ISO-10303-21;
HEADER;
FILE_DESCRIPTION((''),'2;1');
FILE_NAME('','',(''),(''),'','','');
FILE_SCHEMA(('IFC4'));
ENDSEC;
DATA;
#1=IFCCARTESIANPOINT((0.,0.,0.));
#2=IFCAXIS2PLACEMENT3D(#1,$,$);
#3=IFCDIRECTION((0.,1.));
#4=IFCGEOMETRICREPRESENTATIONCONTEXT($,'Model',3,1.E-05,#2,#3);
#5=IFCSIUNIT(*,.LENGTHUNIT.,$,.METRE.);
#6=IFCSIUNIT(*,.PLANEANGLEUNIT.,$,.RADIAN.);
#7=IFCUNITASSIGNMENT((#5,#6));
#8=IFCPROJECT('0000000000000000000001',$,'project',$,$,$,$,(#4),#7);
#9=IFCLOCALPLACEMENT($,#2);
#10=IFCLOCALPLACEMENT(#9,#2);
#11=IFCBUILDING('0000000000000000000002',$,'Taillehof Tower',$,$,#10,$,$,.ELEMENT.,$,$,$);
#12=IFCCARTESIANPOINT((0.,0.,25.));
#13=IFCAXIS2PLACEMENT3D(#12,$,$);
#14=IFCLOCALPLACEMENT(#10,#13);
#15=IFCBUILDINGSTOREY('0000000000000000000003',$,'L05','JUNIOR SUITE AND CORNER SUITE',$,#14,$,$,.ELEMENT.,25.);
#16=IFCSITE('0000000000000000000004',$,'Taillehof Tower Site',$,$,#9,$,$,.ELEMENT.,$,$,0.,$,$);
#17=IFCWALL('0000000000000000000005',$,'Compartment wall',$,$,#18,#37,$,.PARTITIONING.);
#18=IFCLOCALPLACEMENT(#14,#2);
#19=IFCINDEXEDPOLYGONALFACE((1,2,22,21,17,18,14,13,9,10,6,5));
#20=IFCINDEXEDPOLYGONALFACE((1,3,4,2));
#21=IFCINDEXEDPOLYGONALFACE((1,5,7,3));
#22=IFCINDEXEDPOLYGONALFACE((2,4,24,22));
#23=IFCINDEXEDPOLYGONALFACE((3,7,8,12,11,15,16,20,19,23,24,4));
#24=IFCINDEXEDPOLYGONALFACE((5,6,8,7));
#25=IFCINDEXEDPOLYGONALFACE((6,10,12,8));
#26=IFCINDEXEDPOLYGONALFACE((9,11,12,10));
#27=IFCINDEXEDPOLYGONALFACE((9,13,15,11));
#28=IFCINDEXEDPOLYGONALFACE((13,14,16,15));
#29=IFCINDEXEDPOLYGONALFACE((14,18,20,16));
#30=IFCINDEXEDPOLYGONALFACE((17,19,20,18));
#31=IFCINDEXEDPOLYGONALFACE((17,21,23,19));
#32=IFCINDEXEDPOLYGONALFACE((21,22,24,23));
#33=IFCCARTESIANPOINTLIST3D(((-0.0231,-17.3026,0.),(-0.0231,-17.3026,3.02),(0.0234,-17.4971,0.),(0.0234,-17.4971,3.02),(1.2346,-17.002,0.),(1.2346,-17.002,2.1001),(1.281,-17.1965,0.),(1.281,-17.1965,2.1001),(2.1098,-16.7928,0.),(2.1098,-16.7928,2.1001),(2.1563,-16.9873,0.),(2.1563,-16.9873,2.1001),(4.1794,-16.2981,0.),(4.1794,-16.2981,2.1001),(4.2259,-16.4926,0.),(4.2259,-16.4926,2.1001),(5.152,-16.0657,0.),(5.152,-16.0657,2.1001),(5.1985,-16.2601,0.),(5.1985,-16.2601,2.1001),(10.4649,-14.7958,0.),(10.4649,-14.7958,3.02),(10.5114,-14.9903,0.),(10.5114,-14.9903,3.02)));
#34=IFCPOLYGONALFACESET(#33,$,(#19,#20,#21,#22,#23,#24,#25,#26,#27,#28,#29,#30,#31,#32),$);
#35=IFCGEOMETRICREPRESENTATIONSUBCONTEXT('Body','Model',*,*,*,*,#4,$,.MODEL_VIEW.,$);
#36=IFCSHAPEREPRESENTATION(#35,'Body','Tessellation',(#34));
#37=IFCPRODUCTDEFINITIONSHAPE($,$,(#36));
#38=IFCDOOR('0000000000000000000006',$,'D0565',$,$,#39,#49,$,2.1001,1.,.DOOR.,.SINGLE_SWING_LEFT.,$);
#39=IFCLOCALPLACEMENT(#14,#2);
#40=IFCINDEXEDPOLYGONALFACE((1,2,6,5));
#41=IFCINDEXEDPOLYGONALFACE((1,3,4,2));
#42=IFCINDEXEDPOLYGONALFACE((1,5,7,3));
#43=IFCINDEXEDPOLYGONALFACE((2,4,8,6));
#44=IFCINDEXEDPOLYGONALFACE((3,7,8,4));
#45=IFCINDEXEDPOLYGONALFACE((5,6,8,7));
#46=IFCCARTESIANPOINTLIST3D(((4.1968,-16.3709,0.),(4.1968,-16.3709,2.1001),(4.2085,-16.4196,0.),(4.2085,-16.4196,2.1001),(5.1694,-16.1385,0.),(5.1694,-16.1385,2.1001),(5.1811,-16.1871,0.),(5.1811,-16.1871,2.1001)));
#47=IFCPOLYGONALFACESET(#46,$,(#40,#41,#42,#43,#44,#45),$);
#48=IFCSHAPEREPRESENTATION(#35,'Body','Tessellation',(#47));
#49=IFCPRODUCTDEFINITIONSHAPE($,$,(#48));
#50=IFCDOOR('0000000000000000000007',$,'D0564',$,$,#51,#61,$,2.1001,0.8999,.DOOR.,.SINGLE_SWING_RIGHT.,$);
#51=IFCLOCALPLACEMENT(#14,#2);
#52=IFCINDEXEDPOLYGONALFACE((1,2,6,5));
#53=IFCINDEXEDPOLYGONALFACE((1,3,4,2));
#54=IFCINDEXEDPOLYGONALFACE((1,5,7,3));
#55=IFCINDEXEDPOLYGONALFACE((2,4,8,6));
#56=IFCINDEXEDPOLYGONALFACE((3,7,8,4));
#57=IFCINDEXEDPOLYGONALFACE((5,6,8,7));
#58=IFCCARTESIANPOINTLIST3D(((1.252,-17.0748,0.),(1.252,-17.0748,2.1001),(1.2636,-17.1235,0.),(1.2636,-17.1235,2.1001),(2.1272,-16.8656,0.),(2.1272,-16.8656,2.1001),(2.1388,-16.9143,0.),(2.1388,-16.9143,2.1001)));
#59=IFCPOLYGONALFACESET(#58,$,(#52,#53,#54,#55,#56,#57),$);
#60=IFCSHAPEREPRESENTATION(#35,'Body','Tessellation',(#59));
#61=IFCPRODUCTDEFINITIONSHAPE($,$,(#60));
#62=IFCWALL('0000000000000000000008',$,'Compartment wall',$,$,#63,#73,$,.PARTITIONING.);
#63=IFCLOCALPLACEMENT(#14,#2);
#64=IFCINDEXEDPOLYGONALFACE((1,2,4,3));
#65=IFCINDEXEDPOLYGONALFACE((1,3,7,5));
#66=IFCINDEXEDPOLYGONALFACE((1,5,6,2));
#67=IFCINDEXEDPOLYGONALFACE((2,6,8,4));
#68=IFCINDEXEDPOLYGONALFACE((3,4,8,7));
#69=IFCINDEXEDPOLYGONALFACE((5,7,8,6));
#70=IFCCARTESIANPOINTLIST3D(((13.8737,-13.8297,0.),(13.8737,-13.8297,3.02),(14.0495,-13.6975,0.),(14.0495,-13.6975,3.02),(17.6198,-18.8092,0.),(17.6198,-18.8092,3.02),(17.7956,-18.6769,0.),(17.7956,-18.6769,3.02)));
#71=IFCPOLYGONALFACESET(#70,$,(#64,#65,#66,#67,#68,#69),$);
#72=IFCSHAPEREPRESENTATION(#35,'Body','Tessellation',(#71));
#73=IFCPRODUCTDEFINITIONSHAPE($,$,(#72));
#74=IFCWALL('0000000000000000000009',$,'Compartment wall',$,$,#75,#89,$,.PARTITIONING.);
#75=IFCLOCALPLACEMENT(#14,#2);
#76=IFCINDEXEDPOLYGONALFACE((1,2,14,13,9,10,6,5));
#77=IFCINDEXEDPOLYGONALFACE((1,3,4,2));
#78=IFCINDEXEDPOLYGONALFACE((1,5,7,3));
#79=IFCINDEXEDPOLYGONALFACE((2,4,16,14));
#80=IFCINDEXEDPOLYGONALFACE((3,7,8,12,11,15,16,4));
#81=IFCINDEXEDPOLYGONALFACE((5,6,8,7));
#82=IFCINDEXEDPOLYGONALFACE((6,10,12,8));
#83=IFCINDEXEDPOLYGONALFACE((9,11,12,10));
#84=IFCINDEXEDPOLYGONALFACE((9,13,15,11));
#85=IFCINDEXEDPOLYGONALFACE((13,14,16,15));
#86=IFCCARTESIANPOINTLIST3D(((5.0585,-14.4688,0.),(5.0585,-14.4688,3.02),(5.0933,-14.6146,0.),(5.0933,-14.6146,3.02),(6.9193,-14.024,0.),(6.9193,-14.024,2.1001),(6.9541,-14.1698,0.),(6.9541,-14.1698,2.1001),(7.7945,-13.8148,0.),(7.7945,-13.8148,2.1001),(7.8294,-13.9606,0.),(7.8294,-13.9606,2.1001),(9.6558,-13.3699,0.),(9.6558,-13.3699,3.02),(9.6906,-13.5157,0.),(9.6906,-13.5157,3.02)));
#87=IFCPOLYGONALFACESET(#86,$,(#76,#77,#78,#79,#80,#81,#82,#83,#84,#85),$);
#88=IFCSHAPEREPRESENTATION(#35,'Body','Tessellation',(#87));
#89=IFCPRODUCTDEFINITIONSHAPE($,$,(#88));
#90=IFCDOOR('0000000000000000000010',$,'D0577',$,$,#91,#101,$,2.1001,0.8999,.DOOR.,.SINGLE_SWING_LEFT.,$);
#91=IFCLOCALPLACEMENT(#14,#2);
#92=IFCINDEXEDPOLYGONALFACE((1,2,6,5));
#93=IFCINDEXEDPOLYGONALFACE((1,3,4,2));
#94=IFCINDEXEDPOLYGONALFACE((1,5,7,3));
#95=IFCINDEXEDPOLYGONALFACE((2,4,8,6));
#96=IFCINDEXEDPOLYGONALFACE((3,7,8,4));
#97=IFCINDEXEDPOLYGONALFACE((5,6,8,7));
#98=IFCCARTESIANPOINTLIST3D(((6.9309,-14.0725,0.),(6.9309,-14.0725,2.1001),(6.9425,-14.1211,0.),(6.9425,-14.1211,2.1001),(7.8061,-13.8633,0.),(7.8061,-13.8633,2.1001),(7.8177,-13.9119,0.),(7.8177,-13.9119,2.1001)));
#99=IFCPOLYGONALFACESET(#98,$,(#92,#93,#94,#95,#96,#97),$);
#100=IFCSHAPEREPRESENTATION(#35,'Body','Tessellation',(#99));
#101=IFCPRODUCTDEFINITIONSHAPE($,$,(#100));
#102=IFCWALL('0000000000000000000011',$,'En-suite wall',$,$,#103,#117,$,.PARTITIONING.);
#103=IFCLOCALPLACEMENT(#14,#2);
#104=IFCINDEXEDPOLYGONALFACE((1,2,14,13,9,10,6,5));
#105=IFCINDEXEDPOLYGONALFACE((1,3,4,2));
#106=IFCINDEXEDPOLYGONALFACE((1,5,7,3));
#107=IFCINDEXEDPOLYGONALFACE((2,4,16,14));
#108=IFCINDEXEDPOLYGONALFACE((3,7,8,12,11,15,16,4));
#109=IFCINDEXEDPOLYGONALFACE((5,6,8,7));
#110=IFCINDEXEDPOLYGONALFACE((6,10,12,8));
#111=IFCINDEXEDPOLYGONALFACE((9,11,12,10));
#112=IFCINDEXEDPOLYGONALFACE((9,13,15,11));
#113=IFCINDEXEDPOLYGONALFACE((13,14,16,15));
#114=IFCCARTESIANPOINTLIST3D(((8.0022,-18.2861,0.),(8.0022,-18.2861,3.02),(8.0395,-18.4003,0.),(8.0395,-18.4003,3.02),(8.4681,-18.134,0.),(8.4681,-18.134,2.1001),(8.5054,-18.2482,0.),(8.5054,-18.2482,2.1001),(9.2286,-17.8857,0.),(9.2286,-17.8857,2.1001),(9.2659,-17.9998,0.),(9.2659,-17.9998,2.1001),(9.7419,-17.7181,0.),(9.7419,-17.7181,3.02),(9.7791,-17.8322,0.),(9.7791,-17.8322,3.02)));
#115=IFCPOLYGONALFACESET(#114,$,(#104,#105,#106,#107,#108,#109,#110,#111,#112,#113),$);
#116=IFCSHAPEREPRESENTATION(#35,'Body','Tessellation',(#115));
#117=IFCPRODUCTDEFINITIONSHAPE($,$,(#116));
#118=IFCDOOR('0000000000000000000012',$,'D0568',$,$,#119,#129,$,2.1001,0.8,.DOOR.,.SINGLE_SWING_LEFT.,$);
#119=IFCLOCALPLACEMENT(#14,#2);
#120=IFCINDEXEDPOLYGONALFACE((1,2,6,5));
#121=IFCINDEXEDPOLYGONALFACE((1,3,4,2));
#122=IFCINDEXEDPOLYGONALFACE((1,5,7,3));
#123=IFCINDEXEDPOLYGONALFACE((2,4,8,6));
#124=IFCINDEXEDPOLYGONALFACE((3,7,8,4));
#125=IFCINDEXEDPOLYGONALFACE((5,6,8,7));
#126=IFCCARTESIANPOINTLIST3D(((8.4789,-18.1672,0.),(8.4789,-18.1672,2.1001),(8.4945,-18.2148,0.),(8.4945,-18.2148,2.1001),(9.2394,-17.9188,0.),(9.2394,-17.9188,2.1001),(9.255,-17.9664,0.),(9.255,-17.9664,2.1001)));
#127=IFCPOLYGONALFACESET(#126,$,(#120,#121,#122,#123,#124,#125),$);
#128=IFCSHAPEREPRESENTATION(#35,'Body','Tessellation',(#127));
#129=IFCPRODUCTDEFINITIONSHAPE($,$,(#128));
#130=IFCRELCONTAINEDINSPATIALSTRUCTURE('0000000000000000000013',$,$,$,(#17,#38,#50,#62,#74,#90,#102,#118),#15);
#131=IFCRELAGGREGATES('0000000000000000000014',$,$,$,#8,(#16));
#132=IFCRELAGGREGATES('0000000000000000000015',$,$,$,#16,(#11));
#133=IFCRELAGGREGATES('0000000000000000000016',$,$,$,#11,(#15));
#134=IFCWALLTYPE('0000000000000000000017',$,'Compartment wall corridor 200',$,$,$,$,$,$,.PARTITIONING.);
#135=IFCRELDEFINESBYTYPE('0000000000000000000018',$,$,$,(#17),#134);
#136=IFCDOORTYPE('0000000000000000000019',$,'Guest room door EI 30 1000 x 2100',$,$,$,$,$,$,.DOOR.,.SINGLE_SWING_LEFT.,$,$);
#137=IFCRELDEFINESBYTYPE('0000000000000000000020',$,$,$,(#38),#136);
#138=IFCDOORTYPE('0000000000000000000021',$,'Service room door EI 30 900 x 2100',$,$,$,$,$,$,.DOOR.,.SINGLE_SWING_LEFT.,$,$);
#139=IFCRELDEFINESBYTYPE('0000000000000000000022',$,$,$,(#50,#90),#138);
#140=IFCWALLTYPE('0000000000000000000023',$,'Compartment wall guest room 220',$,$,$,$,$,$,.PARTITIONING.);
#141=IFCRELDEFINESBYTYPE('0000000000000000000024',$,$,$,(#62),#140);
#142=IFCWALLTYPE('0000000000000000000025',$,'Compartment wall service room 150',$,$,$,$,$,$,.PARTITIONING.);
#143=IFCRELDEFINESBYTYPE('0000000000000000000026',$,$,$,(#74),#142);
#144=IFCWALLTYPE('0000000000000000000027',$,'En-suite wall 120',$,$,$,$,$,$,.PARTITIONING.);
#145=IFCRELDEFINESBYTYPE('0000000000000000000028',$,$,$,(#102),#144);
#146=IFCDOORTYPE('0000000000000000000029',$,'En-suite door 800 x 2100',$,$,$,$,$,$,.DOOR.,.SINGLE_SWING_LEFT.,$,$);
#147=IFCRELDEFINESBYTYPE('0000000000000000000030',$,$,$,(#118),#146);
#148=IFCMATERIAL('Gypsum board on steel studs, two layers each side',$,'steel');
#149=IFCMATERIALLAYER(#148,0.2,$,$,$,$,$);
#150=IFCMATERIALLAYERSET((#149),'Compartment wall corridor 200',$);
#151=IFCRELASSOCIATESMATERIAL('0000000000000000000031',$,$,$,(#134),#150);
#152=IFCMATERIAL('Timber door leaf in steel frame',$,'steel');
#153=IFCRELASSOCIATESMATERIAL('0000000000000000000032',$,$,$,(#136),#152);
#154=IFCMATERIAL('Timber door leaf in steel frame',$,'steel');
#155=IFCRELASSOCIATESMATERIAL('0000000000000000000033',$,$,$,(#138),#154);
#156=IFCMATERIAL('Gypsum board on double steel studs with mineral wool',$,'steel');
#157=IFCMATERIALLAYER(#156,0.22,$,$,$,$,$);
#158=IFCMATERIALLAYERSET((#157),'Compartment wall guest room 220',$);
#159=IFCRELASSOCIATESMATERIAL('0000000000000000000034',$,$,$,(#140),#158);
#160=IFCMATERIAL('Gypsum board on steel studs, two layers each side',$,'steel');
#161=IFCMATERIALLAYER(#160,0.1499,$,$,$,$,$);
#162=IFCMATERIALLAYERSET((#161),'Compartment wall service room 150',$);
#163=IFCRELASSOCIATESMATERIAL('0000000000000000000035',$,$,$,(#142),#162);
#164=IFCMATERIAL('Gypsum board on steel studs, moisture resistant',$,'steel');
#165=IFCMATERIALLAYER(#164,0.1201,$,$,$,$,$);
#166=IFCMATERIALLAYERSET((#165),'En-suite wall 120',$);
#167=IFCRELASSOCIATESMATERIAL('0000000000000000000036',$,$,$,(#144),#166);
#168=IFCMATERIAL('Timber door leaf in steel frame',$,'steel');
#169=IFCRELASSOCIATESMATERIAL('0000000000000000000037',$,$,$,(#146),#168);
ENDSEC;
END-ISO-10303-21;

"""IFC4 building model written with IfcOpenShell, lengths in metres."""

from ifc_helpers import new_model, si_unit, direction, frame, frame_2d, origin, place, context, subcontext, project, spatial, rectangle, extrude, material, layer, layer_set, type_object, element, fill, save


model = new_model("IFC4")

# Units and contexts
model_context = context("Model", 3, precision=1e-05, world=origin(), true_north=direction((0.0, 1.0)))
body_context = subcontext(model_context, "Body", "Model", "MODEL_VIEW")
ifc_project = project(units=[si_unit("LENGTHUNIT", "METRE"), si_unit("PLANEANGLEUNIT", "RADIAN")], contexts=[model_context])

# Site, building, storey
site_placement = place(None, origin())
site = spatial("IfcSite", under=ifc_project, at=site_placement, Name="Taillehof Tower Site", CompositionType="ELEMENT", RefElevation=0.0)
building_placement = place(site_placement, origin())
building = spatial("IfcBuilding", under=site, at=building_placement, Name="Taillehof Tower", CompositionType="ELEMENT")
storey_placement = place(building_placement, frame((0.0, 0.0, 25.0)))
storey = spatial("IfcBuildingStorey", under=building, at=storey_placement, Name="L05", Description="JUNIOR SUITE AND CORNER SUITE", CompositionType="ELEMENT", Elevation=25.0)

# Shared definitions
ifc_material_1 = material(Name="Gypsum board on steel studs, two layers each side", Category="steel")
ifc_layer_1 = layer(ifc_material_1, 0.2)
ifc_layer_set_1 = layer_set([ifc_layer_1], Name="Compartment wall corridor 200")
wall_type_1 = type_object("IfcWallType", Name="Compartment wall corridor 200", PredefinedType="PARTITIONING", material=ifc_layer_set_1)

# Wall, openings, doors
wall_1_placement = place(storey_placement, frame((10.488, -14.8931, 0.0), z_axis=(0.0, 0.0, 1.0), x_axis=(-0.972603, -0.23247, 0.0)))
wall_1 = element("IfcWall", 1, at=wall_1_placement, inside=storey, type_object=wall_type_1, Name="Compartment wall", PredefinedType="PARTITIONING", context=body_context, shape_type="SweptSolid", body=[
    extrude(rectangle(XDim=10.7834, YDim=0.2, at=frame_2d((5.3916, 0.0))), origin(), (0.0, 0.0, 1.0), 3.02),
])
opening_1_placement = place(wall_1_placement, frame((8.5903, 0.0, 0.0)))
opening_1 = element("IfcOpeningElement", 2, at=opening_1_placement, cuts=wall_1, PredefinedType="OPENING", context=body_context, shape_type="SweptSolid", body=[
    extrude(rectangle(XDim=0.8999, YDim=2.1001, at=frame_2d((0.45, 1.05))), frame((0.0, 0.1099, 0.0), z_axis=(0.0, -1.0, 0.0), x_axis=(1.0, 0.0, 0.0)), (0.0, 0.0, 1.0), 0.22),
])
opening_2_placement = place(wall_1_placement, frame((5.4624, 0.0, 0.0)))
opening_2 = element("IfcOpeningElement", 3, at=opening_2_placement, cuts=wall_1, PredefinedType="OPENING", context=body_context, shape_type="SweptSolid", body=[
    extrude(rectangle(XDim=1.0, YDim=2.1001, at=frame_2d((0.5, 1.05))), frame((0.0, 0.1099, 0.0), z_axis=(0.0, -1.0, 0.0), x_axis=(1.0, 0.0, 0.0)), (0.0, 0.0, 1.0), 0.22),
])
ifc_material_2 = material(Name="Timber door leaf in steel frame", Category="steel")
door_type_1 = type_object("IfcDoorType", Name="Guest room door EI 30 1000 x 2100", OperationType="SINGLE_SWING_LEFT", PredefinedType="DOOR", material=ifc_material_2)
door_1_placement = place(opening_2_placement, origin())
door_1 = element("IfcDoor", 4, at=door_1_placement, inside=storey, type_object=door_type_1, Name="D0565", OperationType="SINGLE_SWING_LEFT", OverallHeight=2.1001, OverallWidth=1.0, PredefinedType="DOOR", context=body_context, shape_type="SweptSolid", body=[
    extrude(rectangle(XDim=1.0, YDim=2.1001, at=frame_2d((0.5, 1.05))), frame((0.0, 0.0249, 0.0), z_axis=(0.0, -1.0, 0.0), x_axis=(1.0, 0.0, 0.0)), (0.0, 0.0, 1.0), 0.05),
])
fill(opening_2, door_1)
ifc_material_3 = material(Name="Timber door leaf in steel frame", Category="steel")
door_type_2 = type_object("IfcDoorType", Name="Service room door EI 30 900 x 2100", OperationType="SINGLE_SWING_LEFT", PredefinedType="DOOR", material=ifc_material_3)
door_2_placement = place(opening_1_placement, origin())
door_2 = element("IfcDoor", 5, at=door_2_placement, inside=storey, type_object=door_type_2, Name="D0564", OperationType="SINGLE_SWING_RIGHT", OverallHeight=2.1001, OverallWidth=0.8999, PredefinedType="DOOR", context=body_context, shape_type="SweptSolid", body=[
    extrude(rectangle(XDim=0.8999, YDim=2.1001, at=frame_2d((0.45, 1.05))), frame((0.0, 0.0249, 0.0), z_axis=(0.0, -1.0, 0.0), x_axis=(1.0, 0.0, 0.0)), (0.0, 0.0, 1.0), 0.05),
])
fill(opening_1, door_2)

# Wall
ifc_material_4 = material(Name="Gypsum board on double steel studs with mineral wool", Category="steel")
ifc_layer_2 = layer(ifc_material_4, 0.22)
ifc_layer_set_2 = layer_set([ifc_layer_2], Name="Compartment wall guest room 220")
wall_type_2 = type_object("IfcWallType", Name="Compartment wall guest room 220", PredefinedType="PARTITIONING", material=ifc_layer_set_2)
wall_2_placement = place(storey_placement, frame((17.7078, -18.7432, 0.0), z_axis=(0.0, 0.0, 1.0), x_axis=(-0.601178, 0.799115, 0.0)))
element("IfcWall", 6, at=wall_2_placement, inside=storey, type_object=wall_type_2, Name="Compartment wall", PredefinedType="PARTITIONING", context=body_context, shape_type="SweptSolid", body=[
    extrude(rectangle(XDim=6.2312, YDim=0.22, at=frame_2d((3.1157, 0.0))), origin(), (0.0, 0.0, 1.0), 3.02),
])

# Walls, openings, doors
ifc_material_5 = material(Name="Gypsum board on steel studs, two layers each side", Category="steel")
ifc_layer_3 = layer(ifc_material_5, 0.1499)
ifc_layer_set_3 = layer_set([ifc_layer_3], Name="Compartment wall service room 150")
wall_type_3 = type_object("IfcWallType", Name="Compartment wall service room 150", PredefinedType="PARTITIONING", material=ifc_layer_set_3)
wall_3_placement = place(storey_placement, frame((9.6731, -13.4429, 0.0), z_axis=(0.0, 0.0, 1.0), x_axis=(-0.972603, -0.232472, 0.0)))
wall_3 = element("IfcWall", 7, at=wall_3_placement, inside=storey, type_object=wall_type_3, Name="Compartment wall", PredefinedType="PARTITIONING", context=body_context, shape_type="SweptSolid", body=[
    extrude(rectangle(XDim=4.7268, YDim=0.1499, at=frame_2d((2.3633, 0.0))), origin(), (0.0, 0.0, 1.0), 3.02),
])
opening_3_placement = place(wall_3_placement, frame((1.9136, 0.0, 0.0)))
opening_3 = element("IfcOpeningElement", 8, at=opening_3_placement, cuts=wall_3, PredefinedType="OPENING", context=body_context, shape_type="SweptSolid", body=[
    extrude(rectangle(XDim=0.8999, YDim=2.1001, at=frame_2d((0.45, 1.05))), frame((0.0, 0.085, 0.0), z_axis=(0.0, -1.0, 0.0), x_axis=(1.0, 0.0, 0.0)), (0.0, 0.0, 1.0), 0.1699),
])
door_3_placement = place(opening_3_placement, origin())
door_3 = element("IfcDoor", 9, at=door_3_placement, inside=storey, type_object=door_type_2, Name="D0577", OperationType="SINGLE_SWING_LEFT", OverallHeight=2.1001, OverallWidth=0.8999, PredefinedType="DOOR", context=body_context, shape_type="SweptSolid", body=[
    extrude(rectangle(XDim=0.8999, YDim=2.1001, at=frame_2d((0.45, 1.05))), frame((0.0, 0.0249, 0.0), z_axis=(0.0, -1.0, 0.0), x_axis=(1.0, 0.0, 0.0)), (0.0, 0.0, 1.0), 0.05),
])
fill(opening_3, door_3)
ifc_material_6 = material(Name="Gypsum board on steel studs, moisture resistant", Category="steel")
ifc_layer_4 = layer(ifc_material_6, 0.1201)
ifc_layer_set_4 = layer_set([ifc_layer_4], Name="En-suite wall 120")
wall_type_4 = type_object("IfcWallType", Name="En-suite wall 120", PredefinedType="PARTITIONING", material=ifc_layer_set_4)
wall_4_placement = place(storey_placement, frame((9.7605, -17.7751, 0.0), z_axis=(0.0, 0.0, 1.0), x_axis=(-0.9506, -0.310419, 0.0)))
wall_4 = element("IfcWall", 10, at=wall_4_placement, inside=storey, type_object=wall_type_4, Name="En-suite wall", PredefinedType="PARTITIONING", context=body_context, shape_type="SweptSolid", body=[
    extrude(rectangle(XDim=1.8301, YDim=0.1201, at=frame_2d((0.915, 0.0))), origin(), (0.0, 0.0, 1.0), 3.02),
])
opening_4_placement = place(wall_4_placement, frame((0.54, 0.0, 0.0)))
opening_4 = element("IfcOpeningElement", 11, at=opening_4_placement, cuts=wall_4, PredefinedType="OPENING", context=body_context, shape_type="SweptSolid", body=[
    extrude(rectangle(XDim=0.8, YDim=2.1001, at=frame_2d((0.3999, 1.05))), frame((0.0, 0.0701, 0.0), z_axis=(0.0, -1.0, 0.0), x_axis=(1.0, 0.0, 0.0)), (0.0, 0.0, 1.0), 0.1401),
])
ifc_material_7 = material(Name="Timber door leaf in steel frame", Category="steel")
door_type_3 = type_object("IfcDoorType", Name="En-suite door 800 x 2100", OperationType="SINGLE_SWING_LEFT", PredefinedType="DOOR", material=ifc_material_7)
door_4_placement = place(opening_4_placement, origin())
door_4 = element("IfcDoor", 12, at=door_4_placement, inside=storey, type_object=door_type_3, Name="D0568", OperationType="SINGLE_SWING_LEFT", OverallHeight=2.1001, OverallWidth=0.8, PredefinedType="DOOR", context=body_context, shape_type="SweptSolid", body=[
    extrude(rectangle(XDim=0.8, YDim=2.1001, at=frame_2d((0.3999, 1.05))), frame((0.0, 0.0249, 0.0), z_axis=(0.0, -1.0, 0.0), x_axis=(1.0, 0.0, 0.0)), (0.0, 0.0, 1.0), 0.05),
])
fill(opening_4, door_4)

save(model, "model.ifc")
